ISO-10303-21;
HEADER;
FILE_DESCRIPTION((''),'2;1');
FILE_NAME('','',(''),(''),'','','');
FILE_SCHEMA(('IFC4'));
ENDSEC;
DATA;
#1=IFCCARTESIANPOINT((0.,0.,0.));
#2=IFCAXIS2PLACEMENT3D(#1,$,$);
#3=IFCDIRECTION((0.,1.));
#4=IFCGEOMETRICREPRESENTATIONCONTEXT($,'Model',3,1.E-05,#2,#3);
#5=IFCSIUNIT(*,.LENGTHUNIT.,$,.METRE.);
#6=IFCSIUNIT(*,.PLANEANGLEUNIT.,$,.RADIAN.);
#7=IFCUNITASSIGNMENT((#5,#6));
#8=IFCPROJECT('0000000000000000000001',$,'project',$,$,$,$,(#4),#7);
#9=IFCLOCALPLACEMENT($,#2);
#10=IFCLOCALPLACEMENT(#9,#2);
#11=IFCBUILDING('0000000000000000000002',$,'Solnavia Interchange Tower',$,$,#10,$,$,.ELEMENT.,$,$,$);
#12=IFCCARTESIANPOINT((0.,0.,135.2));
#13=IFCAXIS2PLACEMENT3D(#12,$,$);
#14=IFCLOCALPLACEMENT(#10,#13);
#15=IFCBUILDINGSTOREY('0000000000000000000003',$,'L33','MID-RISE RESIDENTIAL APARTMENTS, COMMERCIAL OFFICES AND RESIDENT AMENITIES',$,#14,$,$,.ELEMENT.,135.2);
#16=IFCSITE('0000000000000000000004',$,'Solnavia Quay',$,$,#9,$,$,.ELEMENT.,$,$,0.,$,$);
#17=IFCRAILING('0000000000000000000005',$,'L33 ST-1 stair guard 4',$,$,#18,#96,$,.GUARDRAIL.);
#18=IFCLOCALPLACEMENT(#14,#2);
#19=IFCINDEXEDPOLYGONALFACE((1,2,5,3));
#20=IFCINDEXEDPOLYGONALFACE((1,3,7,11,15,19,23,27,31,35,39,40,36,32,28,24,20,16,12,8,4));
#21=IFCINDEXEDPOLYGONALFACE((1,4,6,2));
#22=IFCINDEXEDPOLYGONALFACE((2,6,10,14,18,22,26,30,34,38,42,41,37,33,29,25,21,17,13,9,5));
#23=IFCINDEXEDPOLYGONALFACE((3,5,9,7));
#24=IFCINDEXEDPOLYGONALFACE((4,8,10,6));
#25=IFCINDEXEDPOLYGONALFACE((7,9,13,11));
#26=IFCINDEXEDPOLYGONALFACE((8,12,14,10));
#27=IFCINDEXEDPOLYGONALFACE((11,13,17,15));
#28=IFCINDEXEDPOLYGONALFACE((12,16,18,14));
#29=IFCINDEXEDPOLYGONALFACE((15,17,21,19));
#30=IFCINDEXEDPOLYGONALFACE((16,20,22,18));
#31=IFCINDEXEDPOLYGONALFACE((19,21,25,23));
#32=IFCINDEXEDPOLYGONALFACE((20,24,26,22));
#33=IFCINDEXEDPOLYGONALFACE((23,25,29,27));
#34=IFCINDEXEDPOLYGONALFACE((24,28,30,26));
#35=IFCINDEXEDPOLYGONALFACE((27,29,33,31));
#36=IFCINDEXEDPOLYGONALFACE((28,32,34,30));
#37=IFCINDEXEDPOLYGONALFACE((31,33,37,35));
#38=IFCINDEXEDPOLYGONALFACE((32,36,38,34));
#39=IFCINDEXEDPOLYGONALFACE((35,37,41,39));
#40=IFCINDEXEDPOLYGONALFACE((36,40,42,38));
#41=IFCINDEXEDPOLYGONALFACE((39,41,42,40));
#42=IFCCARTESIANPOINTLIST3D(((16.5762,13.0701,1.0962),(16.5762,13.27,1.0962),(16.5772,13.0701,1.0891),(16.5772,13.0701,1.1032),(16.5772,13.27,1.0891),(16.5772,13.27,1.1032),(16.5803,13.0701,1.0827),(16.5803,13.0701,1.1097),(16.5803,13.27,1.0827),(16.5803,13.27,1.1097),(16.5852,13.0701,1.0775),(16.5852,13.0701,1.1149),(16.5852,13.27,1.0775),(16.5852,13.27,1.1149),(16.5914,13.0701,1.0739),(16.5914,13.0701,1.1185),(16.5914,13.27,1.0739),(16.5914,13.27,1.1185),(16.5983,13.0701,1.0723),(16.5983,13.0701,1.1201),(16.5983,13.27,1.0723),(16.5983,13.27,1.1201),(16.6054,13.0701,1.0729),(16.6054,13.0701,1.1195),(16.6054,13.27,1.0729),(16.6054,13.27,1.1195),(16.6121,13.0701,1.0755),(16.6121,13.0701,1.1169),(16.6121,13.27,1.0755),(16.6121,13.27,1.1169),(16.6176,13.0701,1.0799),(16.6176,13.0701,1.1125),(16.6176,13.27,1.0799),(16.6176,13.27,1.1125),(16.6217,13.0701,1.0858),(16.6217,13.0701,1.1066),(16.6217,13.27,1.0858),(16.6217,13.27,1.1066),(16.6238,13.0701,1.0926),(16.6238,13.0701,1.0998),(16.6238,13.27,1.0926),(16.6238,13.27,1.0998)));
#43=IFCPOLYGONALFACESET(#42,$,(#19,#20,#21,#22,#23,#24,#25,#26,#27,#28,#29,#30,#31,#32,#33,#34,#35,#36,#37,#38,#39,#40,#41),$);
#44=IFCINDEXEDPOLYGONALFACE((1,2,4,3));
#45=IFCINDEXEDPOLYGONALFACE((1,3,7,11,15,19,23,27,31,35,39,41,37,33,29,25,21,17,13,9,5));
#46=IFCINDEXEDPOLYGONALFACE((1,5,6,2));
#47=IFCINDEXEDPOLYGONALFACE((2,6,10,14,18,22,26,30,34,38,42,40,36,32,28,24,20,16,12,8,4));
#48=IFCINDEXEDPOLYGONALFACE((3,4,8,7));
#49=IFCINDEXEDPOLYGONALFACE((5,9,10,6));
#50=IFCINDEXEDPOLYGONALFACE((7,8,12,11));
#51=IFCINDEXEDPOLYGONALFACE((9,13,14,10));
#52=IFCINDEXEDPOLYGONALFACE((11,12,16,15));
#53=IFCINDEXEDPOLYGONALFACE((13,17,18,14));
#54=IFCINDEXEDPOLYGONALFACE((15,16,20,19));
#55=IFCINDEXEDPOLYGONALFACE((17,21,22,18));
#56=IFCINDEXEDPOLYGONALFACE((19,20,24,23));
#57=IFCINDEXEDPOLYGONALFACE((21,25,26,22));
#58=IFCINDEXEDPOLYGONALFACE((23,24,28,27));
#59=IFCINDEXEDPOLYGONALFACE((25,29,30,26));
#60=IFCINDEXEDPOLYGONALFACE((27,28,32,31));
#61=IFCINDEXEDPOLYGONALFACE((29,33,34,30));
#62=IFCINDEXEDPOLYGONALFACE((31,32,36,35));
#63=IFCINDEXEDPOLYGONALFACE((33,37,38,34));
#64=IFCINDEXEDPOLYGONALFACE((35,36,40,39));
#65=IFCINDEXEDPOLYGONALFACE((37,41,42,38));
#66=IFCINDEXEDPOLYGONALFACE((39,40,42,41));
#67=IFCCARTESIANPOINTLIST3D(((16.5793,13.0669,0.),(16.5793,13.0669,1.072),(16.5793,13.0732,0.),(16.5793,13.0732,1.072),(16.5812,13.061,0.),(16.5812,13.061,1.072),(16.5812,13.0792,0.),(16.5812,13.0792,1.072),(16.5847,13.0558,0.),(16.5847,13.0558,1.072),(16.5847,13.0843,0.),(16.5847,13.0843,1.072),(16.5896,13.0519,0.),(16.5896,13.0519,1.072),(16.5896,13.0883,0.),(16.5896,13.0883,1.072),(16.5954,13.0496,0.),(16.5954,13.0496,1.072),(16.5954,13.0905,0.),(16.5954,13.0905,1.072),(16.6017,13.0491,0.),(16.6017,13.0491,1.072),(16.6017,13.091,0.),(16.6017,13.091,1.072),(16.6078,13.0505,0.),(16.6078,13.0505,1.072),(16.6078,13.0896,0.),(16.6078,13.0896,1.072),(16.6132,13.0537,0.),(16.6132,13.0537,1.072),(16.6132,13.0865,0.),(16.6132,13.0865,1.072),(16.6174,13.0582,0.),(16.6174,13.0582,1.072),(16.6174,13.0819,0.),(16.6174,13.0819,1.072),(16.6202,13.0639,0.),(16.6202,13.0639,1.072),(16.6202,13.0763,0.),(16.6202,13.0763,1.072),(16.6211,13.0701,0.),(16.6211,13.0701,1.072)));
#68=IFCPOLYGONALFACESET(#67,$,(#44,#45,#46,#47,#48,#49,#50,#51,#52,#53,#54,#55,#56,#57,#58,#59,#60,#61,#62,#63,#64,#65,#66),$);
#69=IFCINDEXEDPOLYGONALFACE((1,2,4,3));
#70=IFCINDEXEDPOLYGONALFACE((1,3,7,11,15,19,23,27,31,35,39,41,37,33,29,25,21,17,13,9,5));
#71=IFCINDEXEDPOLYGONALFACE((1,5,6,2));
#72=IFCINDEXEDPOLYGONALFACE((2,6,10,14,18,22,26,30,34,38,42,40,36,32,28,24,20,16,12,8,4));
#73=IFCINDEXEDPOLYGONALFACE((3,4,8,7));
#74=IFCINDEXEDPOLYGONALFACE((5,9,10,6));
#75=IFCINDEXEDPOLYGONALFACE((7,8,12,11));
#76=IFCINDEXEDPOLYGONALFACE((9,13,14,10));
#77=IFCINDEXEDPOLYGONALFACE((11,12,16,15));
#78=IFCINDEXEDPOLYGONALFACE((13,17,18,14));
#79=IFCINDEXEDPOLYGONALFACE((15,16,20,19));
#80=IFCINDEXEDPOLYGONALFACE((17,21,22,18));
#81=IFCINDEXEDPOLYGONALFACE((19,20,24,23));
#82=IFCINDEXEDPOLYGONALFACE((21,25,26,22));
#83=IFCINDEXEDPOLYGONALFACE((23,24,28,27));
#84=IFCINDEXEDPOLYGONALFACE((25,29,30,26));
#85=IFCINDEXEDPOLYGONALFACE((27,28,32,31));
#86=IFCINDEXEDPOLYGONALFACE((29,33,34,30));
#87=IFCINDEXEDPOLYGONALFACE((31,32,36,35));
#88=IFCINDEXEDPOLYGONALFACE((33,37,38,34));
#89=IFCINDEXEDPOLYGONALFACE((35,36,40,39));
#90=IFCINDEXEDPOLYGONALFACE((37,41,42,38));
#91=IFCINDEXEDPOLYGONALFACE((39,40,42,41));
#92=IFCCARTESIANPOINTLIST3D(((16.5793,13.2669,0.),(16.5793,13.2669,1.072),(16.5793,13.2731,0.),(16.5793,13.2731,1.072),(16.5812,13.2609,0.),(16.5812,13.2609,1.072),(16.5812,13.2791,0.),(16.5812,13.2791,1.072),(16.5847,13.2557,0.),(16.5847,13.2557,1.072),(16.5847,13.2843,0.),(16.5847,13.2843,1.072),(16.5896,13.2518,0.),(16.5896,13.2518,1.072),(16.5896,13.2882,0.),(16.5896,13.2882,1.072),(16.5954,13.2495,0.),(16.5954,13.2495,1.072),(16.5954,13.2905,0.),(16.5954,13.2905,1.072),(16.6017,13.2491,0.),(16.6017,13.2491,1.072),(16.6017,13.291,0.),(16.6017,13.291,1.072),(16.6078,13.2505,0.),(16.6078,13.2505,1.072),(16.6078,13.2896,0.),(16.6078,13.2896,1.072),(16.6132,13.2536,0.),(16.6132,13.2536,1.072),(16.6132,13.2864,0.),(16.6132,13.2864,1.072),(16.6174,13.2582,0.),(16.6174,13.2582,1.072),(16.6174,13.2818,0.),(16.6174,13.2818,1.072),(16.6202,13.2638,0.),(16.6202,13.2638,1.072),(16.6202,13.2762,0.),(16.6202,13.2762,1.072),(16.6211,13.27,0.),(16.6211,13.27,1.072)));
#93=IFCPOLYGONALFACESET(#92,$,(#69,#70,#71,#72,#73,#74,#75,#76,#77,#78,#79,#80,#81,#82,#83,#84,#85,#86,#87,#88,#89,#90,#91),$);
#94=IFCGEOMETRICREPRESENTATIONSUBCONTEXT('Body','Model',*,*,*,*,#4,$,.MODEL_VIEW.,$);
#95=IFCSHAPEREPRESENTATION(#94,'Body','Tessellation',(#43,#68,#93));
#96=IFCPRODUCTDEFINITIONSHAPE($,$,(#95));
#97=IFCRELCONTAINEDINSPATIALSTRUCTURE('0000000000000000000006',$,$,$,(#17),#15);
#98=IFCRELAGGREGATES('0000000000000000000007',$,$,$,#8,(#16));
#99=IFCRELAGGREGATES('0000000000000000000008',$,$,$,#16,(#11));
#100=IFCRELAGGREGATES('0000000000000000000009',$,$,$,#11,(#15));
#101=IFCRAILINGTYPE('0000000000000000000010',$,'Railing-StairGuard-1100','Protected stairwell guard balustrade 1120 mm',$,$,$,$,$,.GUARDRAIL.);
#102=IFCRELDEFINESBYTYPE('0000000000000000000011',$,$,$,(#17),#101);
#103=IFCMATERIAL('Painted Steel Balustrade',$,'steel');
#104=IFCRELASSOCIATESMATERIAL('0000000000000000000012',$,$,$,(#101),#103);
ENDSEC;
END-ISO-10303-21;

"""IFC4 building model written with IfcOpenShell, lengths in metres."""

from ifc_helpers import new_model, si_unit, direction, frame, origin, origin_2d, place, context, subcontext, project, spatial, circle, extrude, material, type_object, element, save


model = new_model("IFC4")

# Units and contexts
model_context = context("Model", 3, precision=1e-05, world=origin(), true_north=direction((0.0, 1.0)))
body_context = subcontext(model_context, "Body", "Model", "MODEL_VIEW")
ifc_project = project(units=[si_unit("LENGTHUNIT", "METRE"), si_unit("PLANEANGLEUNIT", "RADIAN")], contexts=[model_context])

# Site, building, storey
site_placement = place(None, origin())
site = spatial("IfcSite", under=ifc_project, at=site_placement, Name="Solnavia Quay", CompositionType="ELEMENT", RefElevation=0.0)
building_placement = place(site_placement, origin())
building = spatial("IfcBuilding", under=site, at=building_placement, Name="Solnavia Interchange Tower", CompositionType="ELEMENT")
storey_placement = place(building_placement, frame((0.0, 0.0, 135.2)))
storey = spatial("IfcBuildingStorey", under=building, at=storey_placement, Name="L33", Description="MID-RISE RESIDENTIAL APARTMENTS, COMMERCIAL OFFICES AND RESIDENT AMENITIES", CompositionType="ELEMENT", Elevation=135.2)

# Railing
ifc_material_1 = material(Name="Painted Steel Balustrade", Category="steel")
railing_type_1 = type_object("IfcRailingType", Name="Railing-StairGuard-1100", Description="Protected stairwell guard balustrade 1120 mm", PredefinedType="GUARDRAIL", material=ifc_material_1)
railing_1_placement = place(storey_placement, frame((16.6001, 13.0701, 0.0)))
element("IfcRailing", 1, at=railing_1_placement, inside=storey, type_object=railing_type_1, Name="L33 ST-1 stair guard 4", PredefinedType="GUARDRAIL", context=body_context, shape_type="SweptSolid", body=[
    extrude(circle(Radius=0.0239, at=origin_2d()), frame((0.0, 0.0, 1.0962), z_axis=(0.0, 1.0, 0.0), x_axis=(-1.0, 0.0, 0.0)), (0.0, 0.0, 1.0), 0.2),
    extrude(circle(Radius=0.021, at=origin_2d()), origin(), (0.0, 0.0, 1.0), 1.072),
    extrude(circle(Radius=0.021, at=origin_2d()), frame((0.0, 0.2, 0.0)), (0.0, 0.0, 1.0), 1.072),
])

save(model, "model.ifc")
